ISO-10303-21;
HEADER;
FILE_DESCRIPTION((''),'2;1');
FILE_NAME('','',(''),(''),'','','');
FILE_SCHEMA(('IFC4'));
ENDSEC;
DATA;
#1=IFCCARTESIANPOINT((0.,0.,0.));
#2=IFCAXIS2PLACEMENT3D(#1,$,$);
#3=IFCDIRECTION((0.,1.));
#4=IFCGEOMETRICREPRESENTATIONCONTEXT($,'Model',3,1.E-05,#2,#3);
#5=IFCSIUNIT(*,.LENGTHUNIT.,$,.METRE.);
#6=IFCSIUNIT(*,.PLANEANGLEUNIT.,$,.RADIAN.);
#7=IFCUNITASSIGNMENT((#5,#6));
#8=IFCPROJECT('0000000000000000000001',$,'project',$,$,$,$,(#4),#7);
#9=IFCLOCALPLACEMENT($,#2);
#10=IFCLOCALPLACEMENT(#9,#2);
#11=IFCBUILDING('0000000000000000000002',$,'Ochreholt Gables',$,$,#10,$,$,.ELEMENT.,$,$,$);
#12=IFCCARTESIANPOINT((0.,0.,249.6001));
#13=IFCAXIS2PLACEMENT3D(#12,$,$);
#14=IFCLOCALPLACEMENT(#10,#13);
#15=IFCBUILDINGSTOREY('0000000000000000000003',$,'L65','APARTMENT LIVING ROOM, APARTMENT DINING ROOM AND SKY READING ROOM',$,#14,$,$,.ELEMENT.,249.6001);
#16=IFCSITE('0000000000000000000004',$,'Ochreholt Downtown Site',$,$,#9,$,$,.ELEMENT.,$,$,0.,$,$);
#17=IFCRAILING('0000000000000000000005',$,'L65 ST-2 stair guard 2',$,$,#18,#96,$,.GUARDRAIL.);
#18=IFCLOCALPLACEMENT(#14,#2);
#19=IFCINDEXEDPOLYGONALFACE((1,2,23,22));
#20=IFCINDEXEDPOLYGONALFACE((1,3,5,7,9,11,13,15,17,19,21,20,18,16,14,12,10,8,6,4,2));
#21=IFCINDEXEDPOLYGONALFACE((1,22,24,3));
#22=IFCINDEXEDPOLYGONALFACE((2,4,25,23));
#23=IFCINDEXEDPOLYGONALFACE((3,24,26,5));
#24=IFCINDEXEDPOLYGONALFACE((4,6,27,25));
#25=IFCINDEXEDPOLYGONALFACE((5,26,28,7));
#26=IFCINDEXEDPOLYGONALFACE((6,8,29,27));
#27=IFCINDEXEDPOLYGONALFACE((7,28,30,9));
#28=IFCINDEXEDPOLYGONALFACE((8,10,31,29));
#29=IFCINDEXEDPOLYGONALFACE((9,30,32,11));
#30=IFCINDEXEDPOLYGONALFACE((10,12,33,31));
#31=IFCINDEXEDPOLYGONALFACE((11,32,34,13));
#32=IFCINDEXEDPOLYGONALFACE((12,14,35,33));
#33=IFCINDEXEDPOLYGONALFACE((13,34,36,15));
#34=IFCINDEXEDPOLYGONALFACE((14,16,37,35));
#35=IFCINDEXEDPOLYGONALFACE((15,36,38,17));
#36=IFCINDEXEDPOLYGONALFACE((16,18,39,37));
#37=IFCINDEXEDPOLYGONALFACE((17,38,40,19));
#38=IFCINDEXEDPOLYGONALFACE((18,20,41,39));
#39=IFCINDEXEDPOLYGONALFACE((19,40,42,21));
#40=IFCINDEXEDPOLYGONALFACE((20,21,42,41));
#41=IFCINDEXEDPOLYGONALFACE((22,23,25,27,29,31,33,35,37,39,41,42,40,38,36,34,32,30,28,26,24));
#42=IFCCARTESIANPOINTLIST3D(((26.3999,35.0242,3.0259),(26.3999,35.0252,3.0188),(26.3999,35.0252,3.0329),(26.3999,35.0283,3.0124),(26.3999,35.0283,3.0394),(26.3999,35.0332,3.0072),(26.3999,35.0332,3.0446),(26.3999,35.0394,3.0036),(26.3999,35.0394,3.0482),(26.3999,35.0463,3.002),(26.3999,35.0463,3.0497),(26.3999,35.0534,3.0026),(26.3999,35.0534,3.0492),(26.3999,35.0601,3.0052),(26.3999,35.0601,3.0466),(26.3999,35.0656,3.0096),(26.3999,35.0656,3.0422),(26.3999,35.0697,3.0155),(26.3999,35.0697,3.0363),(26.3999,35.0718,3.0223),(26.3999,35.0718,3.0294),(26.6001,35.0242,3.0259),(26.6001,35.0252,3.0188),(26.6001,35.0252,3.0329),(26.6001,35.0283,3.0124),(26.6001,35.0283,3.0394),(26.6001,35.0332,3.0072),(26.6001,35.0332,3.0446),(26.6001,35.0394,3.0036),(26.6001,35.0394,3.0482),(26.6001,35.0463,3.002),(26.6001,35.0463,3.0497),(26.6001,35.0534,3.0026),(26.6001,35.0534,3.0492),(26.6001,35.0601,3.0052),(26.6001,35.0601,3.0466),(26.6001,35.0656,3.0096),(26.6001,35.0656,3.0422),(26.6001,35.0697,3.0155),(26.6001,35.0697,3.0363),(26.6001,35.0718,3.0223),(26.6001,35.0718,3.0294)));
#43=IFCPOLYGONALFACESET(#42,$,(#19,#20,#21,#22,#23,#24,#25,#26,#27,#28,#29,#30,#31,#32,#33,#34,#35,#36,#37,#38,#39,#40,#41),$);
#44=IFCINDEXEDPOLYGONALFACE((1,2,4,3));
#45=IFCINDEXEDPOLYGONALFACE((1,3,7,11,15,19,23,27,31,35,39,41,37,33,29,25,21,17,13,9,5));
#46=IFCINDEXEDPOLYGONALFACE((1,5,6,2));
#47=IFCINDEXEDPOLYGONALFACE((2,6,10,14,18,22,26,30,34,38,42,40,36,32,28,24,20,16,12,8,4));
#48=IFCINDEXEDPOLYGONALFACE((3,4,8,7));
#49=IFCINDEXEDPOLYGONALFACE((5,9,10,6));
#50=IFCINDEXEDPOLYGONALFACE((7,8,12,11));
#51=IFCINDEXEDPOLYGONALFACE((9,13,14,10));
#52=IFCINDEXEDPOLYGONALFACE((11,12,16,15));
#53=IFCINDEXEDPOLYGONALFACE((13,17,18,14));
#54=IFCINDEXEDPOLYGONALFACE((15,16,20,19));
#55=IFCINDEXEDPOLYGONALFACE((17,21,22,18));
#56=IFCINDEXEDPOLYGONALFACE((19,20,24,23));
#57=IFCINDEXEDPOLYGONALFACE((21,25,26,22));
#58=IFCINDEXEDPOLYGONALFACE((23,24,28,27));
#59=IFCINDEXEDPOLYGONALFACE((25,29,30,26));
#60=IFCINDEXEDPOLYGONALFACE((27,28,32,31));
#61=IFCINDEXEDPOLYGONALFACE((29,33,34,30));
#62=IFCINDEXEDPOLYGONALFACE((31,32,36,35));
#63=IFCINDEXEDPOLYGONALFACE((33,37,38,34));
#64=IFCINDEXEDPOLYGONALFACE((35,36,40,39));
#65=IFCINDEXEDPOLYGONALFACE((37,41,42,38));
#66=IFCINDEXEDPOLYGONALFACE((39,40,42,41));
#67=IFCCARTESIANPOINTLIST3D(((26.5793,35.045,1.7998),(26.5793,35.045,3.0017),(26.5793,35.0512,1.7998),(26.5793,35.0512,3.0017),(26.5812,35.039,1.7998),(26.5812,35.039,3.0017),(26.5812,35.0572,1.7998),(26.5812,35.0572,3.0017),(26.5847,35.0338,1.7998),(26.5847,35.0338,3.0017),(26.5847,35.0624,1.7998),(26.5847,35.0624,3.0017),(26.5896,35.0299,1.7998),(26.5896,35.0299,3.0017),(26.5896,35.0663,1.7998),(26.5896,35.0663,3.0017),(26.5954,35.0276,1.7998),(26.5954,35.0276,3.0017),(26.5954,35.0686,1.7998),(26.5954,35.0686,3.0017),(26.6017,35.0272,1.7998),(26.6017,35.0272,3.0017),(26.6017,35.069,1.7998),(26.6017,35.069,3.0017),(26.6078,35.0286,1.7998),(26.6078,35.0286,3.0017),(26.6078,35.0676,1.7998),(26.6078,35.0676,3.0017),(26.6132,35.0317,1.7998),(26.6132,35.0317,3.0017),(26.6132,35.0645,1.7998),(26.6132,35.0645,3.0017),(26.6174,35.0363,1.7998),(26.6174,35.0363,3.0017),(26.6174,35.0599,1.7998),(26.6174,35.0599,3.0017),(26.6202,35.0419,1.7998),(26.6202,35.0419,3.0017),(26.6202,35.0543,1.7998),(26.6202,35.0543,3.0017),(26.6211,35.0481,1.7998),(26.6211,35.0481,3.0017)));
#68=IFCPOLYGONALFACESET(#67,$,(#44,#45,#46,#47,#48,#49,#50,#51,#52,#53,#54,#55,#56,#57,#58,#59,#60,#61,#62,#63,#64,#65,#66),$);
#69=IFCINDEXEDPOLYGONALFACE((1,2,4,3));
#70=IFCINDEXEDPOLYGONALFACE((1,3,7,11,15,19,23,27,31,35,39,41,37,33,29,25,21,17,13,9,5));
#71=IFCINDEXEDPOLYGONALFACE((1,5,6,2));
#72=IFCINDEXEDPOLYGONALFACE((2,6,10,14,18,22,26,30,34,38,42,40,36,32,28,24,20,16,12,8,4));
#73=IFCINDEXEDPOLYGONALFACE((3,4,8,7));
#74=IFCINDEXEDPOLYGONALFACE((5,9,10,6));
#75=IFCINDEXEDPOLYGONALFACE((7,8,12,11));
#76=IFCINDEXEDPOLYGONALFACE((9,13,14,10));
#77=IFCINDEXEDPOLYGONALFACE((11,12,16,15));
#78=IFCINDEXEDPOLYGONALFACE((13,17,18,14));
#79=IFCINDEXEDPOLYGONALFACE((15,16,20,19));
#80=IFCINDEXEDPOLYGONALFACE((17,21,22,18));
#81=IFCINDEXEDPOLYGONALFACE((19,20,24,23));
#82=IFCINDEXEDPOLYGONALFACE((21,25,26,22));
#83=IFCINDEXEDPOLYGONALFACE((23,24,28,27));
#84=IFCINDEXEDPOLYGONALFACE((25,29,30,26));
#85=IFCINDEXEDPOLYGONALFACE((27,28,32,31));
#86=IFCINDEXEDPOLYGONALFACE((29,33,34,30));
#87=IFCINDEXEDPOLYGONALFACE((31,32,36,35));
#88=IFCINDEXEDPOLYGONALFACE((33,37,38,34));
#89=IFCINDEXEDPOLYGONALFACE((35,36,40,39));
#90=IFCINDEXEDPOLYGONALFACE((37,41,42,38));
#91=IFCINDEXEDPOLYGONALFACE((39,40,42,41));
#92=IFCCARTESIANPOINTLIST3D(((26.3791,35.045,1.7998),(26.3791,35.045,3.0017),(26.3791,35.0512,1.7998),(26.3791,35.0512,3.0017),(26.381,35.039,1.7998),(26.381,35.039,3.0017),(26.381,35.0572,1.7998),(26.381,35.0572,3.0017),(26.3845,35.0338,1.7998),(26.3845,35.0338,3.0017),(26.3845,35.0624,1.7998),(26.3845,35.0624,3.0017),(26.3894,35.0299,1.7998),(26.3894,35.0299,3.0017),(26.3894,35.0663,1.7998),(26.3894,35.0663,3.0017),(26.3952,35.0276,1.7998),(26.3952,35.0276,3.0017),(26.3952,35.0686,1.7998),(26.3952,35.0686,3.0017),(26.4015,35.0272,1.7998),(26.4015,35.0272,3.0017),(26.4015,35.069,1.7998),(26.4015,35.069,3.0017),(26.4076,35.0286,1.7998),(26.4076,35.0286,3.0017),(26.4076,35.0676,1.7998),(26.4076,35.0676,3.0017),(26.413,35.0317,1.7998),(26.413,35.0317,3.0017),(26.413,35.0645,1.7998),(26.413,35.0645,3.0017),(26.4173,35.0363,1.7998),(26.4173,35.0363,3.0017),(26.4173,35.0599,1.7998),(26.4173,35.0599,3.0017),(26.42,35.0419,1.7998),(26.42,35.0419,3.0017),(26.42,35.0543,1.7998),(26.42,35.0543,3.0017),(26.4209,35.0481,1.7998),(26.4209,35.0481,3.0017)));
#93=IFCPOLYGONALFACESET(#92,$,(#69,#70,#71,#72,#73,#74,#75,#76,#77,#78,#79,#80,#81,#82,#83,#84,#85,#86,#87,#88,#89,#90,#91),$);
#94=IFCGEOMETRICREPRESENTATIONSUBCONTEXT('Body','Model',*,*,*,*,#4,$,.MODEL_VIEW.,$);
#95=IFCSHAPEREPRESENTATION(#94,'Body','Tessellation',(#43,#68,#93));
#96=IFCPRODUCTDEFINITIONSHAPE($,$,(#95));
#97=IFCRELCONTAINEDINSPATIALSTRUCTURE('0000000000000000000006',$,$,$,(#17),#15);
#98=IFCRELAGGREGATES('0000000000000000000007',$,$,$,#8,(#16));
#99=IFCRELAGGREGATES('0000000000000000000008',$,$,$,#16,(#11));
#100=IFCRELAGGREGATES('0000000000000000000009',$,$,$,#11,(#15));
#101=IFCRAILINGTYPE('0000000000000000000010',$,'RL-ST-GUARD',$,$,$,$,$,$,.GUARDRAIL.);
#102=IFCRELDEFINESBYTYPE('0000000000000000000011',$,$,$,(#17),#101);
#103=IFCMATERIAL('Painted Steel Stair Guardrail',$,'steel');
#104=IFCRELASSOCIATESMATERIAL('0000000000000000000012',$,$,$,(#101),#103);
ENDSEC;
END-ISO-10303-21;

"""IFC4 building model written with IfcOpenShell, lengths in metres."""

from ifc_helpers import new_model, si_unit, direction, frame, origin, origin_2d, place, context, subcontext, project, spatial, circle, extrude, material, type_object, element, save


model = new_model("IFC4")

# Units and contexts
model_context = context("Model", 3, precision=1e-05, world=origin(), true_north=direction((0.0, 1.0)))
body_context = subcontext(model_context, "Body", "Model", "MODEL_VIEW")
ifc_project = project(units=[si_unit("LENGTHUNIT", "METRE"), si_unit("PLANEANGLEUNIT", "RADIAN")], contexts=[model_context])

# Site, building, storey
site_placement = place(None, origin())
site = spatial("IfcSite", under=ifc_project, at=site_placement, Name="Ochreholt Downtown Site", CompositionType="ELEMENT", RefElevation=0.0)
building_placement = place(site_placement, origin())
building = spatial("IfcBuilding", under=site, at=building_placement, Name="Ochreholt Gables", CompositionType="ELEMENT")
storey_placement = place(building_placement, frame((0.0, 0.0, 249.6001)))
storey = spatial("IfcBuildingStorey", under=building, at=storey_placement, Name="L65", Description="APARTMENT LIVING ROOM, APARTMENT DINING ROOM AND SKY READING ROOM", CompositionType="ELEMENT", Elevation=249.6001)

# Railing
ifc_material_1 = material(Name="Painted Steel Stair Guardrail", Category="steel")
railing_type_1 = type_object("IfcRailingType", Name="RL-ST-GUARD", PredefinedType="GUARDRAIL", material=ifc_material_1)
railing_1_placement = place(storey_placement, frame((26.6001, 35.0481, 1.7998)))
element("IfcRailing", 1, at=railing_1_placement, inside=storey, type_object=railing_type_1, Name="L65 ST-2 stair guard 2", PredefinedType="GUARDRAIL", context=body_context, shape_type="SweptSolid", body=[
    extrude(circle(Radius=0.0239, at=origin_2d()), frame((0.0, 0.0, 1.2261), z_axis=(-1.0, 0.0, 0.0), x_axis=(0.0, -1.0, 0.0)), (0.0, 0.0, 1.0), 0.2002),
    extrude(circle(Radius=0.021, at=origin_2d()), origin(), (0.0, 0.0, 1.0), 1.2019),
    extrude(circle(Radius=0.021, at=origin_2d()), frame((-0.2002, 0.0, 0.0)), (0.0, 0.0, 1.0), 1.2019),
])

save(model, "model.ifc")
